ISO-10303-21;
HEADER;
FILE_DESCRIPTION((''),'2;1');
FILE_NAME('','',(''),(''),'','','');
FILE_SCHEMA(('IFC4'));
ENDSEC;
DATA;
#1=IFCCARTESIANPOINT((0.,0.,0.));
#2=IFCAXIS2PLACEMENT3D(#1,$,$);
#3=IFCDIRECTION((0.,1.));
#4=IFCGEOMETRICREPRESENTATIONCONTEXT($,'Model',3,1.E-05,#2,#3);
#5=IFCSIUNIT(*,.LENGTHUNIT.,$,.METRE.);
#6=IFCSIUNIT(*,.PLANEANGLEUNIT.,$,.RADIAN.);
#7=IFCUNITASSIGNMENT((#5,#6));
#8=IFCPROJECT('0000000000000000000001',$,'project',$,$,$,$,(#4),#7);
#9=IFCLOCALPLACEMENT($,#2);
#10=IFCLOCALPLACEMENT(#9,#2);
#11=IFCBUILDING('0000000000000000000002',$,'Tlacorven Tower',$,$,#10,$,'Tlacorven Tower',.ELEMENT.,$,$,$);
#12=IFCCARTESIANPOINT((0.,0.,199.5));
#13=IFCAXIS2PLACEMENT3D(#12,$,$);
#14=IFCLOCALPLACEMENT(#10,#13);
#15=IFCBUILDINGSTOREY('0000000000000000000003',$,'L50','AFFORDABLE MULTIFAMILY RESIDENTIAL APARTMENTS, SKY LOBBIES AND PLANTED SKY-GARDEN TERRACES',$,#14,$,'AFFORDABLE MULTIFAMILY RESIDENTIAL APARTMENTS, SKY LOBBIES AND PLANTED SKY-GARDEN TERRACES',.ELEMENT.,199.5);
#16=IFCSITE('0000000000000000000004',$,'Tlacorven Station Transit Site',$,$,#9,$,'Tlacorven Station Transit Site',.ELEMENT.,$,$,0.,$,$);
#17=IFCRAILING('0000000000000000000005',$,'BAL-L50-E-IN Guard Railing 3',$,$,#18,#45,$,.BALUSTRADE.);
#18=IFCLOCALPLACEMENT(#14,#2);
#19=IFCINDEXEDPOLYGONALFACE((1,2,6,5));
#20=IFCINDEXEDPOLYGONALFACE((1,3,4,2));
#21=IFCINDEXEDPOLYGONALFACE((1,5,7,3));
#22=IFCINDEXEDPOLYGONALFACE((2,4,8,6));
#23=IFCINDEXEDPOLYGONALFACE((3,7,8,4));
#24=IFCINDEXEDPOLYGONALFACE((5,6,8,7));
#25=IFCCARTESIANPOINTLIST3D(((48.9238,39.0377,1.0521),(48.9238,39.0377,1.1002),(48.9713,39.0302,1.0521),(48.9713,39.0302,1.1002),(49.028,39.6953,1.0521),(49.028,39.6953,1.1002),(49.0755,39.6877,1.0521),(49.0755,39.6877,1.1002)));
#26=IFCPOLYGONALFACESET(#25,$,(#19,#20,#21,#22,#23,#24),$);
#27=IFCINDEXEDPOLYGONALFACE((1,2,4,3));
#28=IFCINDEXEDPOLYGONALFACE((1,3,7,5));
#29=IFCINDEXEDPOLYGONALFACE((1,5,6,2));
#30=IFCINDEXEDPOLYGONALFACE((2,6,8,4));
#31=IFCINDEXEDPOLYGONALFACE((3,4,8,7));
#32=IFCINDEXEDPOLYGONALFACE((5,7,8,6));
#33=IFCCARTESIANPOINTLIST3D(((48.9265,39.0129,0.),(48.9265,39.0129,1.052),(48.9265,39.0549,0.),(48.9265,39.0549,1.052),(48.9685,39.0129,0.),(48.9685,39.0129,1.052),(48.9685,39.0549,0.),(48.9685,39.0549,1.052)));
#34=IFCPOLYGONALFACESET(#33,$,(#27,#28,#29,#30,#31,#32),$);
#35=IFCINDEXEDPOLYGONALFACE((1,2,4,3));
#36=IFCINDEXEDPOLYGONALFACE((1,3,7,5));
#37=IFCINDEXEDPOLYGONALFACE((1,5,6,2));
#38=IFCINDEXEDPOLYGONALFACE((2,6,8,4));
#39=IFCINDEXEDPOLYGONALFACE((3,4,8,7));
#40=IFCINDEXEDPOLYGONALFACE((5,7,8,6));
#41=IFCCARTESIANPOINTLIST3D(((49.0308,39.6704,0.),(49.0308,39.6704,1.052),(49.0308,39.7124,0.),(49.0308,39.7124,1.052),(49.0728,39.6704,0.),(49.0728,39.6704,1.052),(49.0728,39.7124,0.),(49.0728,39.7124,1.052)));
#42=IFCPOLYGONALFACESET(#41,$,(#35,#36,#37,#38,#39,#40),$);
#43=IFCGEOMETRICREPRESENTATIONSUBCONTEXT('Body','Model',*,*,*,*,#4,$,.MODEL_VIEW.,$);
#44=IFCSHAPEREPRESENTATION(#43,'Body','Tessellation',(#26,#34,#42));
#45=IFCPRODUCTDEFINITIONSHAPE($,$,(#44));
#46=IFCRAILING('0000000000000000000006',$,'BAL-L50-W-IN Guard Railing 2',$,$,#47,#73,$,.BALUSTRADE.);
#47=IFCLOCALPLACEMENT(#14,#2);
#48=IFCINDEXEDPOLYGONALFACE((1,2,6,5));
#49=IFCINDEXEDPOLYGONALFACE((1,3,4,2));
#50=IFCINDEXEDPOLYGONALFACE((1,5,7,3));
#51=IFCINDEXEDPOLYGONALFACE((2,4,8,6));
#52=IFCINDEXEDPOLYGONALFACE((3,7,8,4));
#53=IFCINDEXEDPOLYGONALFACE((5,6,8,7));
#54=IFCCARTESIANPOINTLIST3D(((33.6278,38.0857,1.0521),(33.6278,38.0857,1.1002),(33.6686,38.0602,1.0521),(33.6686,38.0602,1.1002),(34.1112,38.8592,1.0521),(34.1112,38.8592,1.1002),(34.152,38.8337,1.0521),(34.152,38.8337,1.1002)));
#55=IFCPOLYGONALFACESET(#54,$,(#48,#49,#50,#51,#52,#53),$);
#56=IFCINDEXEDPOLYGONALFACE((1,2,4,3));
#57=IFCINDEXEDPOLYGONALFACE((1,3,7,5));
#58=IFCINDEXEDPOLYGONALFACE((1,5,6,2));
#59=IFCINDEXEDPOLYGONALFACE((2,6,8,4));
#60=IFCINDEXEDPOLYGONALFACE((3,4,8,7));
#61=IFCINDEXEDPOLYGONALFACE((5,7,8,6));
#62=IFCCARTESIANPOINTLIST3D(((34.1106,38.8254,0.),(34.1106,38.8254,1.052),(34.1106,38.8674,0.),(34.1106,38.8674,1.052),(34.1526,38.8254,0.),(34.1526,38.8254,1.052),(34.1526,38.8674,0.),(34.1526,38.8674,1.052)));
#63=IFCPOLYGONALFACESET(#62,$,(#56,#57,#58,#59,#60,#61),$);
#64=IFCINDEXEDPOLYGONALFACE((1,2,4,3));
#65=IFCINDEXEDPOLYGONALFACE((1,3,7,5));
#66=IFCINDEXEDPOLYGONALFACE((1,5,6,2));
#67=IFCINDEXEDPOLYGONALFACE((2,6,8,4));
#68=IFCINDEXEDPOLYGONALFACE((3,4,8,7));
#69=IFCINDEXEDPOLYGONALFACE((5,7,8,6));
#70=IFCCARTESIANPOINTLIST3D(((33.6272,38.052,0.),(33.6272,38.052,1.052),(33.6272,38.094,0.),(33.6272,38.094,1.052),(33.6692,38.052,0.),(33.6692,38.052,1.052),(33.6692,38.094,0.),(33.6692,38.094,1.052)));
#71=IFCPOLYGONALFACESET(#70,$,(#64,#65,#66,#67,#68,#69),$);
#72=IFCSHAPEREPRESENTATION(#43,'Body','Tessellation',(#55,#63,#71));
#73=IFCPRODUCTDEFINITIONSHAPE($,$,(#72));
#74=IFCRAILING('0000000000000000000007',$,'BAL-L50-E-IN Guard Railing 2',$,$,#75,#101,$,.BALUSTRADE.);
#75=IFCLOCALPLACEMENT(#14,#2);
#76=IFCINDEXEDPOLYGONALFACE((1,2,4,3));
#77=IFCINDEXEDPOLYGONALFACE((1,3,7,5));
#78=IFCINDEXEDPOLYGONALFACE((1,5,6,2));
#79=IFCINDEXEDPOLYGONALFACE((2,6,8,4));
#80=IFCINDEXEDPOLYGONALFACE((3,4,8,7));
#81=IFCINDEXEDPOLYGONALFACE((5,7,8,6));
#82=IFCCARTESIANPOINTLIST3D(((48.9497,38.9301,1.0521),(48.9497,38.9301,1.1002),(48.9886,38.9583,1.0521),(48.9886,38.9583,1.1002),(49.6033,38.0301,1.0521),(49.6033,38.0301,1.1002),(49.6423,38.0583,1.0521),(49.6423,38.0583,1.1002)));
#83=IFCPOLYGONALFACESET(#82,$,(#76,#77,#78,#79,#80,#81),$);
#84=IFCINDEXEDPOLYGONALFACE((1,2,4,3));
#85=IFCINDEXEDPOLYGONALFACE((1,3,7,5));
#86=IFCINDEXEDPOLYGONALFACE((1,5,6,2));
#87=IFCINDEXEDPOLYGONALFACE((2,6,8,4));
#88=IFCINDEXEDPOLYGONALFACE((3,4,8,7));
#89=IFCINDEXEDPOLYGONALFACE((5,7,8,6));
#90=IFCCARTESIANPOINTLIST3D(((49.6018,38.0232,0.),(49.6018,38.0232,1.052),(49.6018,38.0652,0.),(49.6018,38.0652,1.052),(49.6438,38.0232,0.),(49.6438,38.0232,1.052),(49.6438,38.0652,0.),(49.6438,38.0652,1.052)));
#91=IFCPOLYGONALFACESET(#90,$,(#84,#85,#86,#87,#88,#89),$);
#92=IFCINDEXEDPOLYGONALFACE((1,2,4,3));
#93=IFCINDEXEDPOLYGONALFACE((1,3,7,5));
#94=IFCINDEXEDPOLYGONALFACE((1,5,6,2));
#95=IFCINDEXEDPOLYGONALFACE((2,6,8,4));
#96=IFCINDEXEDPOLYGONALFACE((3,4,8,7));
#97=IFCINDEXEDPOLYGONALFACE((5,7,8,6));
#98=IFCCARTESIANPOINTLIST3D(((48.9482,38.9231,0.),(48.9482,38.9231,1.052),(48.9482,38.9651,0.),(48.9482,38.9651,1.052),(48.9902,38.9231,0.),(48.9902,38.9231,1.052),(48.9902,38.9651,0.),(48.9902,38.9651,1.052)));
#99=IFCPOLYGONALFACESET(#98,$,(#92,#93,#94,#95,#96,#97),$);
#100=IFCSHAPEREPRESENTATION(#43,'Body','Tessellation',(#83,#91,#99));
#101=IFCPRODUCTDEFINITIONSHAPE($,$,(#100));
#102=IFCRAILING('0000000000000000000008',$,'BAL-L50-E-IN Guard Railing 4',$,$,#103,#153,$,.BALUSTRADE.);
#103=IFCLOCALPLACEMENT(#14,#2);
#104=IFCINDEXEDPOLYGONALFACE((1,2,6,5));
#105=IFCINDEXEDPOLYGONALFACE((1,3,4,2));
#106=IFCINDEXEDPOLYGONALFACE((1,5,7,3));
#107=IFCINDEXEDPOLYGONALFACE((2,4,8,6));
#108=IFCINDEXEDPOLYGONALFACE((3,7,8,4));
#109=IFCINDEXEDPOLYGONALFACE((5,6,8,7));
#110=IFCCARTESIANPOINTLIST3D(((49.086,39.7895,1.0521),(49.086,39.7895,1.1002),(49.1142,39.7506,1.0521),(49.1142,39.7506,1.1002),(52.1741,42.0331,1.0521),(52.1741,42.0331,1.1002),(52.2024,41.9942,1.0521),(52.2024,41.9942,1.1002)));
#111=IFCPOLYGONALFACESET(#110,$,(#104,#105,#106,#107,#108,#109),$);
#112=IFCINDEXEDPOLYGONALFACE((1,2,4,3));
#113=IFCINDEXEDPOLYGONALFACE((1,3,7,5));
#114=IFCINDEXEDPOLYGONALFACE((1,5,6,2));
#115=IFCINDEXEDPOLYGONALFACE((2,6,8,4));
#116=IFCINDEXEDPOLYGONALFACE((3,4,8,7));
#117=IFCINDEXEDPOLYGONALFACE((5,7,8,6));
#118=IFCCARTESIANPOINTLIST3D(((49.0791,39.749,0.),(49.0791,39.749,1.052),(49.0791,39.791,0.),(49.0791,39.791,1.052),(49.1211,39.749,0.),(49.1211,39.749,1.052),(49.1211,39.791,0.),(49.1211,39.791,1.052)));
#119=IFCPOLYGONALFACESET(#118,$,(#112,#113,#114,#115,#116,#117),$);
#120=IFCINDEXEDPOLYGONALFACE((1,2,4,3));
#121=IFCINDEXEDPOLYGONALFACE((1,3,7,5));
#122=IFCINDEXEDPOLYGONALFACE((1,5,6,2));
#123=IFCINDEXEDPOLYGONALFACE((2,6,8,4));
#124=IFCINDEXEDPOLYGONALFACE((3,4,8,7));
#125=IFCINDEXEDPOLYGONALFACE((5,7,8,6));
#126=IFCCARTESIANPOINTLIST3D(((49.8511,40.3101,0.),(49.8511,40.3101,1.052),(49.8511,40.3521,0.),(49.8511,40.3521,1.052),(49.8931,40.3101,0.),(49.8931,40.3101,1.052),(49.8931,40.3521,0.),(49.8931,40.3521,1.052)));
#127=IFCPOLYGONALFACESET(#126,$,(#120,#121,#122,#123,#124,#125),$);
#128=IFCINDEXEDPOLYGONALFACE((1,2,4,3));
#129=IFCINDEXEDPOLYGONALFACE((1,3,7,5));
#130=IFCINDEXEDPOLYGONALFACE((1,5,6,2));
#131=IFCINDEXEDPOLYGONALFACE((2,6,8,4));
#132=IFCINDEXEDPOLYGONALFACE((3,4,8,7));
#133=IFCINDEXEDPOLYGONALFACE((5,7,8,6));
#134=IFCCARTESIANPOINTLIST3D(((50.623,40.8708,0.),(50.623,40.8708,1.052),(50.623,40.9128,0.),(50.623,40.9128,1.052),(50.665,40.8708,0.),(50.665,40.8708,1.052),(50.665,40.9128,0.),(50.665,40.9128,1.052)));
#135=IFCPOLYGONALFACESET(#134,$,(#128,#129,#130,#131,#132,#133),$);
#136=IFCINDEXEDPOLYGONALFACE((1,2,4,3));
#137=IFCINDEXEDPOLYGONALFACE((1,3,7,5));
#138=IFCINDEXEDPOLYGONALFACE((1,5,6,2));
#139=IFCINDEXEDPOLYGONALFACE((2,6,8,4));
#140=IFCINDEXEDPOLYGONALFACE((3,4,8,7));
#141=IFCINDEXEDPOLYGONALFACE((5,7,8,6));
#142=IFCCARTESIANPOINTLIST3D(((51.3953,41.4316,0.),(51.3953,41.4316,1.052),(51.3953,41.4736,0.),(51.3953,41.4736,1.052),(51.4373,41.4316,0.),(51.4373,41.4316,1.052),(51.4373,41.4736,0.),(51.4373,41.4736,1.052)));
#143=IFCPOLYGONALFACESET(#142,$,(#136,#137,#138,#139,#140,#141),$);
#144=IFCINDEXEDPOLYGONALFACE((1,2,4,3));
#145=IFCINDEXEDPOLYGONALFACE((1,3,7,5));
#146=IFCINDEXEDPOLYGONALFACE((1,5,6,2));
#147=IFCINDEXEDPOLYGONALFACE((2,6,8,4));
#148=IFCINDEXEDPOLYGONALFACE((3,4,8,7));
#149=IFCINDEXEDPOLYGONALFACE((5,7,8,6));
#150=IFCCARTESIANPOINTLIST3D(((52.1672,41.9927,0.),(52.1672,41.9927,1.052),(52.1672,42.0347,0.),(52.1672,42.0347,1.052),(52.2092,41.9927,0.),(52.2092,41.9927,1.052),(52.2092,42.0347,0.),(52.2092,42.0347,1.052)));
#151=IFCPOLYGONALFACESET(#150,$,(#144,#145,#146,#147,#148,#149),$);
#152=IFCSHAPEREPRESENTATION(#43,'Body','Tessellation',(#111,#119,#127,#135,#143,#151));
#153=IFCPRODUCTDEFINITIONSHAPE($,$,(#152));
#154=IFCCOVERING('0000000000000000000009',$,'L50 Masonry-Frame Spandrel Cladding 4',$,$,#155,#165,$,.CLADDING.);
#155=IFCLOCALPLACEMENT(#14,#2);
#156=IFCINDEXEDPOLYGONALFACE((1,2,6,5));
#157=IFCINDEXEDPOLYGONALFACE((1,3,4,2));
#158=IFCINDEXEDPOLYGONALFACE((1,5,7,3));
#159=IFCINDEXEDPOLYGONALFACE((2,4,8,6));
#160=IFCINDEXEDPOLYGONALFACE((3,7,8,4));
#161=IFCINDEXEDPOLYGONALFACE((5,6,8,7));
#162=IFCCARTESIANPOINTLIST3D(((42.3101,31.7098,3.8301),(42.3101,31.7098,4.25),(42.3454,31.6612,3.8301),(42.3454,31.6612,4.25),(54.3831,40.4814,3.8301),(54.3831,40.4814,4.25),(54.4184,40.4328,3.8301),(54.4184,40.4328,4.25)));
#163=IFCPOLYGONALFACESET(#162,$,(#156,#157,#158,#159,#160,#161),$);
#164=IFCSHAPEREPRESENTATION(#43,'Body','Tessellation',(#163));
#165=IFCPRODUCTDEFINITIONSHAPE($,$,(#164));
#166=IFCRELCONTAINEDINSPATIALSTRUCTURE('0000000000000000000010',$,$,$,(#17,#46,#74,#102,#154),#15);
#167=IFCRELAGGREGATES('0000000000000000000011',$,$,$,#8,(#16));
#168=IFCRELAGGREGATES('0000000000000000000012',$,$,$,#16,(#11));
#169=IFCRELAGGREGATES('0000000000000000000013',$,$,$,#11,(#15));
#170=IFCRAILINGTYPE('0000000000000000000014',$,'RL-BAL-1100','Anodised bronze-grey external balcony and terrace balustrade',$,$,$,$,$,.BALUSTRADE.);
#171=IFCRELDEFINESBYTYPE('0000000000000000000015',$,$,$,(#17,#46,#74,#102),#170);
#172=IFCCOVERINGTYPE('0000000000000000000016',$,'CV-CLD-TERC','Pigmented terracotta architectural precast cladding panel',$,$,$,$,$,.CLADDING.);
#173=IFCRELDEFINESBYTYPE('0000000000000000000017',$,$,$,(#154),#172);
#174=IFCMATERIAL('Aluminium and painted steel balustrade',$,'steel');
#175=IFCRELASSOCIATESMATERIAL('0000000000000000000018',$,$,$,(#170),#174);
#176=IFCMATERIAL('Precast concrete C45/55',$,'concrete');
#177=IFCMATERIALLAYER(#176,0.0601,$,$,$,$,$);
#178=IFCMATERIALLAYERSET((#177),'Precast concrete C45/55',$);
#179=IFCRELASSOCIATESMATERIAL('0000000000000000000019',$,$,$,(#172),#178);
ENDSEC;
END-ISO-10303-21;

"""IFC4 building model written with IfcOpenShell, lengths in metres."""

from ifc_helpers import new_model, si_unit, direction, frame, origin, origin_2d, place, context, subcontext, project, spatial, rectangle, extrude, source, transform, mapped, material, layer, layer_set, type_object, element, save


model = new_model("IFC4")

# Units and contexts
model_context = context("Model", 3, precision=1e-05, world=origin(), true_north=direction((0.0, 1.0)))
body_context = subcontext(model_context, "Body", "Model", "MODEL_VIEW")
ifc_project = project(units=[si_unit("LENGTHUNIT", "METRE"), si_unit("PLANEANGLEUNIT", "RADIAN")], contexts=[model_context])

# Site, building, storey
site_placement = place(None, origin())
site = spatial("IfcSite", under=ifc_project, at=site_placement, Name="Tlacorven Station Transit Site", LongName="Tlacorven Station Transit Site", CompositionType="ELEMENT", RefElevation=0.0)
building_placement = place(site_placement, origin())
building = spatial("IfcBuilding", under=site, at=building_placement, Name="Tlacorven Tower", LongName="Tlacorven Tower", CompositionType="ELEMENT")
storey_placement = place(building_placement, frame((0.0, 0.0, 199.5)))
storey = spatial("IfcBuildingStorey", under=building, at=storey_placement, Name="L50", Description="AFFORDABLE MULTIFAMILY RESIDENTIAL APARTMENTS, SKY LOBBIES AND PLANTED SKY-GARDEN TERRACES", LongName="AFFORDABLE MULTIFAMILY RESIDENTIAL APARTMENTS, SKY LOBBIES AND PLANTED SKY-GARDEN TERRACES", CompositionType="ELEMENT", Elevation=199.5)

# Shared definitions
ifc_material_1 = material(Name="Precast concrete C45/55", Category="concrete")

# Railings
ifc_material_2 = material(Name="Aluminium and painted steel balustrade", Category="steel")
railing_type = type_object("IfcRailingType", Name="RL-BAL-1100", Description="Anodised bronze-grey external balcony and terrace balustrade", PredefinedType="BALUSTRADE", material=ifc_material_2)
shared_shape_1 = source(origin(), body_context, "Body", "SweptSolid", [
    extrude(rectangle(XDim=0.0481, YDim=0.0481, at=origin_2d()), frame((0.0, 0.0, 1.0762), z_axis=(0.156603, 0.987662, 0.0), x_axis=(-0.987662, 0.156603, 0.0)), (0.0, 0.0, 1.0), 0.6658),
    extrude(rectangle(XDim=0.042, YDim=0.042, at=origin_2d()), origin(), (0.0, 0.0, 1.0), 1.052),
    extrude(rectangle(XDim=0.042, YDim=0.042, at=origin_2d()), frame((0.1042, 0.6575, 0.0)), (0.0, 0.0, 1.0), 1.052),
])
railing_1_placement = place(storey_placement, frame((48.9475, 39.0339, 0.0)))
element("IfcRailing", 1, at=railing_1_placement, inside=storey, type_object=railing_type, Name="BAL-L50-E-IN Guard Railing 3", PredefinedType="BALUSTRADE", context=body_context, shape_type="MappedRepresentation", body=[
    mapped(shared_shape_1, transform((0.0, 0.0, 0.0), scale=1.0)),
])
shared_shape_2 = source(origin(), body_context, "Body", "SweptSolid", [
    extrude(rectangle(XDim=0.0481, YDim=0.0481, at=origin_2d()), frame((0.0, 0.0, 1.0762), z_axis=(-0.529999, -0.847998, 0.0), x_axis=(0.847998, -0.529999, 0.0)), (0.0, 0.0, 1.0), 0.9121),
    extrude(rectangle(XDim=0.042, YDim=0.042, at=origin_2d()), origin(), (0.0, 0.0, 1.0), 1.052),
    extrude(rectangle(XDim=0.042, YDim=0.042, at=origin_2d()), frame((-0.4834, -0.7734, 0.0)), (0.0, 0.0, 1.0), 1.052),
])
railing_2_placement = place(storey_placement, frame((34.1316, 38.8464, 0.0)))
element("IfcRailing", 2, at=railing_2_placement, inside=storey, type_object=railing_type, Name="BAL-L50-W-IN Guard Railing 2", PredefinedType="BALUSTRADE", context=body_context, shape_type="MappedRepresentation", body=[
    mapped(shared_shape_2, transform((0.0, 0.0, 0.0), scale=1.0)),
])
shared_shape_3 = source(origin(), body_context, "Body", "SweptSolid", [
    extrude(rectangle(XDim=0.0481, YDim=0.0481, at=origin_2d()), frame((0.0, 0.0, 1.0762), z_axis=(-0.587636, 0.809125, 0.0), x_axis=(-0.809125, -0.587636, 0.0)), (0.0, 0.0, 1.0), 1.1123),
    extrude(rectangle(XDim=0.042, YDim=0.042, at=origin_2d()), origin(), (0.0, 0.0, 1.0), 1.052),
    extrude(rectangle(XDim=0.042, YDim=0.042, at=origin_2d()), frame((-0.6536, 0.8999, 0.0)), (0.0, 0.0, 1.0), 1.052),
])
railing_3_placement = place(storey_placement, frame((49.6228, 38.0442, 0.0)))
element("IfcRailing", 3, at=railing_3_placement, inside=storey, type_object=railing_type, Name="BAL-L50-E-IN Guard Railing 2", PredefinedType="BALUSTRADE", context=body_context, shape_type="MappedRepresentation", body=[
    mapped(shared_shape_3, transform((0.0, 0.0, 0.0), scale=1.0)),
])
shared_shape_4 = source(origin(), body_context, "Body", "SweptSolid", [
    extrude(rectangle(XDim=0.0481, YDim=0.0481, at=origin_2d()), frame((0.0, 0.0, 1.0762), z_axis=(0.809018, 0.587784, 0.0), x_axis=(-0.587784, 0.809018, 0.0)), (0.0, 0.0, 1.0), 3.8171),
    extrude(rectangle(XDim=0.042, YDim=0.042, at=origin_2d()), origin(), (0.0, 0.0, 1.0), 1.052),
    extrude(rectangle(XDim=0.042, YDim=0.042, at=origin_2d()), frame((0.772, 0.561, 0.0)), (0.0, 0.0, 1.0), 1.052),
    extrude(rectangle(XDim=0.042, YDim=0.042, at=origin_2d()), frame((1.5439, 1.1218, 0.0)), (0.0, 0.0, 1.0), 1.052),
    extrude(rectangle(XDim=0.042, YDim=0.042, at=origin_2d()), frame((2.3162, 1.6826, 0.0)), (0.0, 0.0, 1.0), 1.052),
    extrude(rectangle(XDim=0.042, YDim=0.042, at=origin_2d()), frame((3.0881, 2.2437, 0.0)), (0.0, 0.0, 1.0), 1.052),
])
railing_4_placement = place(storey_placement, frame((49.1001, 39.77, 0.0)))
element("IfcRailing", 4, at=railing_4_placement, inside=storey, type_object=railing_type, Name="BAL-L50-E-IN Guard Railing 4", PredefinedType="BALUSTRADE", context=body_context, shape_type="MappedRepresentation", body=[
    mapped(shared_shape_4, transform((0.0, 0.0, 0.0), scale=1.0)),
])

# Covering
ifc_layer_1 = layer(ifc_material_1, 0.0601)
ifc_layer_set_1 = layer_set([ifc_layer_1], Name="Precast concrete C45/55")
covering_type = type_object("IfcCoveringType", Name="CV-CLD-TERC", Description="Pigmented terracotta architectural precast cladding panel", PredefinedType="CLADDING", material=ifc_layer_set_1)
shared_shape_5 = source(origin(), body_context, "Body", "SweptSolid", [
    extrude(rectangle(XDim=14.9231, YDim=0.0601, at=origin_2d()), origin(), (0.0, 0.0, 1.0), 0.4199),
])
covering_placement = place(storey_placement, frame((48.3643, 36.0713, 3.8301), z_axis=(0.0, 0.0, 1.0), x_axis=(0.809017, 0.587786, 0.0)))
element("IfcCovering", 5, at=covering_placement, inside=storey, type_object=covering_type, Name="L50 Masonry-Frame Spandrel Cladding 4", PredefinedType="CLADDING", context=body_context, shape_type="MappedRepresentation", body=[
    mapped(shared_shape_5, transform((0.0, 0.0, 0.0), scale=1.0)),
])

save(model, "model.ifc")
